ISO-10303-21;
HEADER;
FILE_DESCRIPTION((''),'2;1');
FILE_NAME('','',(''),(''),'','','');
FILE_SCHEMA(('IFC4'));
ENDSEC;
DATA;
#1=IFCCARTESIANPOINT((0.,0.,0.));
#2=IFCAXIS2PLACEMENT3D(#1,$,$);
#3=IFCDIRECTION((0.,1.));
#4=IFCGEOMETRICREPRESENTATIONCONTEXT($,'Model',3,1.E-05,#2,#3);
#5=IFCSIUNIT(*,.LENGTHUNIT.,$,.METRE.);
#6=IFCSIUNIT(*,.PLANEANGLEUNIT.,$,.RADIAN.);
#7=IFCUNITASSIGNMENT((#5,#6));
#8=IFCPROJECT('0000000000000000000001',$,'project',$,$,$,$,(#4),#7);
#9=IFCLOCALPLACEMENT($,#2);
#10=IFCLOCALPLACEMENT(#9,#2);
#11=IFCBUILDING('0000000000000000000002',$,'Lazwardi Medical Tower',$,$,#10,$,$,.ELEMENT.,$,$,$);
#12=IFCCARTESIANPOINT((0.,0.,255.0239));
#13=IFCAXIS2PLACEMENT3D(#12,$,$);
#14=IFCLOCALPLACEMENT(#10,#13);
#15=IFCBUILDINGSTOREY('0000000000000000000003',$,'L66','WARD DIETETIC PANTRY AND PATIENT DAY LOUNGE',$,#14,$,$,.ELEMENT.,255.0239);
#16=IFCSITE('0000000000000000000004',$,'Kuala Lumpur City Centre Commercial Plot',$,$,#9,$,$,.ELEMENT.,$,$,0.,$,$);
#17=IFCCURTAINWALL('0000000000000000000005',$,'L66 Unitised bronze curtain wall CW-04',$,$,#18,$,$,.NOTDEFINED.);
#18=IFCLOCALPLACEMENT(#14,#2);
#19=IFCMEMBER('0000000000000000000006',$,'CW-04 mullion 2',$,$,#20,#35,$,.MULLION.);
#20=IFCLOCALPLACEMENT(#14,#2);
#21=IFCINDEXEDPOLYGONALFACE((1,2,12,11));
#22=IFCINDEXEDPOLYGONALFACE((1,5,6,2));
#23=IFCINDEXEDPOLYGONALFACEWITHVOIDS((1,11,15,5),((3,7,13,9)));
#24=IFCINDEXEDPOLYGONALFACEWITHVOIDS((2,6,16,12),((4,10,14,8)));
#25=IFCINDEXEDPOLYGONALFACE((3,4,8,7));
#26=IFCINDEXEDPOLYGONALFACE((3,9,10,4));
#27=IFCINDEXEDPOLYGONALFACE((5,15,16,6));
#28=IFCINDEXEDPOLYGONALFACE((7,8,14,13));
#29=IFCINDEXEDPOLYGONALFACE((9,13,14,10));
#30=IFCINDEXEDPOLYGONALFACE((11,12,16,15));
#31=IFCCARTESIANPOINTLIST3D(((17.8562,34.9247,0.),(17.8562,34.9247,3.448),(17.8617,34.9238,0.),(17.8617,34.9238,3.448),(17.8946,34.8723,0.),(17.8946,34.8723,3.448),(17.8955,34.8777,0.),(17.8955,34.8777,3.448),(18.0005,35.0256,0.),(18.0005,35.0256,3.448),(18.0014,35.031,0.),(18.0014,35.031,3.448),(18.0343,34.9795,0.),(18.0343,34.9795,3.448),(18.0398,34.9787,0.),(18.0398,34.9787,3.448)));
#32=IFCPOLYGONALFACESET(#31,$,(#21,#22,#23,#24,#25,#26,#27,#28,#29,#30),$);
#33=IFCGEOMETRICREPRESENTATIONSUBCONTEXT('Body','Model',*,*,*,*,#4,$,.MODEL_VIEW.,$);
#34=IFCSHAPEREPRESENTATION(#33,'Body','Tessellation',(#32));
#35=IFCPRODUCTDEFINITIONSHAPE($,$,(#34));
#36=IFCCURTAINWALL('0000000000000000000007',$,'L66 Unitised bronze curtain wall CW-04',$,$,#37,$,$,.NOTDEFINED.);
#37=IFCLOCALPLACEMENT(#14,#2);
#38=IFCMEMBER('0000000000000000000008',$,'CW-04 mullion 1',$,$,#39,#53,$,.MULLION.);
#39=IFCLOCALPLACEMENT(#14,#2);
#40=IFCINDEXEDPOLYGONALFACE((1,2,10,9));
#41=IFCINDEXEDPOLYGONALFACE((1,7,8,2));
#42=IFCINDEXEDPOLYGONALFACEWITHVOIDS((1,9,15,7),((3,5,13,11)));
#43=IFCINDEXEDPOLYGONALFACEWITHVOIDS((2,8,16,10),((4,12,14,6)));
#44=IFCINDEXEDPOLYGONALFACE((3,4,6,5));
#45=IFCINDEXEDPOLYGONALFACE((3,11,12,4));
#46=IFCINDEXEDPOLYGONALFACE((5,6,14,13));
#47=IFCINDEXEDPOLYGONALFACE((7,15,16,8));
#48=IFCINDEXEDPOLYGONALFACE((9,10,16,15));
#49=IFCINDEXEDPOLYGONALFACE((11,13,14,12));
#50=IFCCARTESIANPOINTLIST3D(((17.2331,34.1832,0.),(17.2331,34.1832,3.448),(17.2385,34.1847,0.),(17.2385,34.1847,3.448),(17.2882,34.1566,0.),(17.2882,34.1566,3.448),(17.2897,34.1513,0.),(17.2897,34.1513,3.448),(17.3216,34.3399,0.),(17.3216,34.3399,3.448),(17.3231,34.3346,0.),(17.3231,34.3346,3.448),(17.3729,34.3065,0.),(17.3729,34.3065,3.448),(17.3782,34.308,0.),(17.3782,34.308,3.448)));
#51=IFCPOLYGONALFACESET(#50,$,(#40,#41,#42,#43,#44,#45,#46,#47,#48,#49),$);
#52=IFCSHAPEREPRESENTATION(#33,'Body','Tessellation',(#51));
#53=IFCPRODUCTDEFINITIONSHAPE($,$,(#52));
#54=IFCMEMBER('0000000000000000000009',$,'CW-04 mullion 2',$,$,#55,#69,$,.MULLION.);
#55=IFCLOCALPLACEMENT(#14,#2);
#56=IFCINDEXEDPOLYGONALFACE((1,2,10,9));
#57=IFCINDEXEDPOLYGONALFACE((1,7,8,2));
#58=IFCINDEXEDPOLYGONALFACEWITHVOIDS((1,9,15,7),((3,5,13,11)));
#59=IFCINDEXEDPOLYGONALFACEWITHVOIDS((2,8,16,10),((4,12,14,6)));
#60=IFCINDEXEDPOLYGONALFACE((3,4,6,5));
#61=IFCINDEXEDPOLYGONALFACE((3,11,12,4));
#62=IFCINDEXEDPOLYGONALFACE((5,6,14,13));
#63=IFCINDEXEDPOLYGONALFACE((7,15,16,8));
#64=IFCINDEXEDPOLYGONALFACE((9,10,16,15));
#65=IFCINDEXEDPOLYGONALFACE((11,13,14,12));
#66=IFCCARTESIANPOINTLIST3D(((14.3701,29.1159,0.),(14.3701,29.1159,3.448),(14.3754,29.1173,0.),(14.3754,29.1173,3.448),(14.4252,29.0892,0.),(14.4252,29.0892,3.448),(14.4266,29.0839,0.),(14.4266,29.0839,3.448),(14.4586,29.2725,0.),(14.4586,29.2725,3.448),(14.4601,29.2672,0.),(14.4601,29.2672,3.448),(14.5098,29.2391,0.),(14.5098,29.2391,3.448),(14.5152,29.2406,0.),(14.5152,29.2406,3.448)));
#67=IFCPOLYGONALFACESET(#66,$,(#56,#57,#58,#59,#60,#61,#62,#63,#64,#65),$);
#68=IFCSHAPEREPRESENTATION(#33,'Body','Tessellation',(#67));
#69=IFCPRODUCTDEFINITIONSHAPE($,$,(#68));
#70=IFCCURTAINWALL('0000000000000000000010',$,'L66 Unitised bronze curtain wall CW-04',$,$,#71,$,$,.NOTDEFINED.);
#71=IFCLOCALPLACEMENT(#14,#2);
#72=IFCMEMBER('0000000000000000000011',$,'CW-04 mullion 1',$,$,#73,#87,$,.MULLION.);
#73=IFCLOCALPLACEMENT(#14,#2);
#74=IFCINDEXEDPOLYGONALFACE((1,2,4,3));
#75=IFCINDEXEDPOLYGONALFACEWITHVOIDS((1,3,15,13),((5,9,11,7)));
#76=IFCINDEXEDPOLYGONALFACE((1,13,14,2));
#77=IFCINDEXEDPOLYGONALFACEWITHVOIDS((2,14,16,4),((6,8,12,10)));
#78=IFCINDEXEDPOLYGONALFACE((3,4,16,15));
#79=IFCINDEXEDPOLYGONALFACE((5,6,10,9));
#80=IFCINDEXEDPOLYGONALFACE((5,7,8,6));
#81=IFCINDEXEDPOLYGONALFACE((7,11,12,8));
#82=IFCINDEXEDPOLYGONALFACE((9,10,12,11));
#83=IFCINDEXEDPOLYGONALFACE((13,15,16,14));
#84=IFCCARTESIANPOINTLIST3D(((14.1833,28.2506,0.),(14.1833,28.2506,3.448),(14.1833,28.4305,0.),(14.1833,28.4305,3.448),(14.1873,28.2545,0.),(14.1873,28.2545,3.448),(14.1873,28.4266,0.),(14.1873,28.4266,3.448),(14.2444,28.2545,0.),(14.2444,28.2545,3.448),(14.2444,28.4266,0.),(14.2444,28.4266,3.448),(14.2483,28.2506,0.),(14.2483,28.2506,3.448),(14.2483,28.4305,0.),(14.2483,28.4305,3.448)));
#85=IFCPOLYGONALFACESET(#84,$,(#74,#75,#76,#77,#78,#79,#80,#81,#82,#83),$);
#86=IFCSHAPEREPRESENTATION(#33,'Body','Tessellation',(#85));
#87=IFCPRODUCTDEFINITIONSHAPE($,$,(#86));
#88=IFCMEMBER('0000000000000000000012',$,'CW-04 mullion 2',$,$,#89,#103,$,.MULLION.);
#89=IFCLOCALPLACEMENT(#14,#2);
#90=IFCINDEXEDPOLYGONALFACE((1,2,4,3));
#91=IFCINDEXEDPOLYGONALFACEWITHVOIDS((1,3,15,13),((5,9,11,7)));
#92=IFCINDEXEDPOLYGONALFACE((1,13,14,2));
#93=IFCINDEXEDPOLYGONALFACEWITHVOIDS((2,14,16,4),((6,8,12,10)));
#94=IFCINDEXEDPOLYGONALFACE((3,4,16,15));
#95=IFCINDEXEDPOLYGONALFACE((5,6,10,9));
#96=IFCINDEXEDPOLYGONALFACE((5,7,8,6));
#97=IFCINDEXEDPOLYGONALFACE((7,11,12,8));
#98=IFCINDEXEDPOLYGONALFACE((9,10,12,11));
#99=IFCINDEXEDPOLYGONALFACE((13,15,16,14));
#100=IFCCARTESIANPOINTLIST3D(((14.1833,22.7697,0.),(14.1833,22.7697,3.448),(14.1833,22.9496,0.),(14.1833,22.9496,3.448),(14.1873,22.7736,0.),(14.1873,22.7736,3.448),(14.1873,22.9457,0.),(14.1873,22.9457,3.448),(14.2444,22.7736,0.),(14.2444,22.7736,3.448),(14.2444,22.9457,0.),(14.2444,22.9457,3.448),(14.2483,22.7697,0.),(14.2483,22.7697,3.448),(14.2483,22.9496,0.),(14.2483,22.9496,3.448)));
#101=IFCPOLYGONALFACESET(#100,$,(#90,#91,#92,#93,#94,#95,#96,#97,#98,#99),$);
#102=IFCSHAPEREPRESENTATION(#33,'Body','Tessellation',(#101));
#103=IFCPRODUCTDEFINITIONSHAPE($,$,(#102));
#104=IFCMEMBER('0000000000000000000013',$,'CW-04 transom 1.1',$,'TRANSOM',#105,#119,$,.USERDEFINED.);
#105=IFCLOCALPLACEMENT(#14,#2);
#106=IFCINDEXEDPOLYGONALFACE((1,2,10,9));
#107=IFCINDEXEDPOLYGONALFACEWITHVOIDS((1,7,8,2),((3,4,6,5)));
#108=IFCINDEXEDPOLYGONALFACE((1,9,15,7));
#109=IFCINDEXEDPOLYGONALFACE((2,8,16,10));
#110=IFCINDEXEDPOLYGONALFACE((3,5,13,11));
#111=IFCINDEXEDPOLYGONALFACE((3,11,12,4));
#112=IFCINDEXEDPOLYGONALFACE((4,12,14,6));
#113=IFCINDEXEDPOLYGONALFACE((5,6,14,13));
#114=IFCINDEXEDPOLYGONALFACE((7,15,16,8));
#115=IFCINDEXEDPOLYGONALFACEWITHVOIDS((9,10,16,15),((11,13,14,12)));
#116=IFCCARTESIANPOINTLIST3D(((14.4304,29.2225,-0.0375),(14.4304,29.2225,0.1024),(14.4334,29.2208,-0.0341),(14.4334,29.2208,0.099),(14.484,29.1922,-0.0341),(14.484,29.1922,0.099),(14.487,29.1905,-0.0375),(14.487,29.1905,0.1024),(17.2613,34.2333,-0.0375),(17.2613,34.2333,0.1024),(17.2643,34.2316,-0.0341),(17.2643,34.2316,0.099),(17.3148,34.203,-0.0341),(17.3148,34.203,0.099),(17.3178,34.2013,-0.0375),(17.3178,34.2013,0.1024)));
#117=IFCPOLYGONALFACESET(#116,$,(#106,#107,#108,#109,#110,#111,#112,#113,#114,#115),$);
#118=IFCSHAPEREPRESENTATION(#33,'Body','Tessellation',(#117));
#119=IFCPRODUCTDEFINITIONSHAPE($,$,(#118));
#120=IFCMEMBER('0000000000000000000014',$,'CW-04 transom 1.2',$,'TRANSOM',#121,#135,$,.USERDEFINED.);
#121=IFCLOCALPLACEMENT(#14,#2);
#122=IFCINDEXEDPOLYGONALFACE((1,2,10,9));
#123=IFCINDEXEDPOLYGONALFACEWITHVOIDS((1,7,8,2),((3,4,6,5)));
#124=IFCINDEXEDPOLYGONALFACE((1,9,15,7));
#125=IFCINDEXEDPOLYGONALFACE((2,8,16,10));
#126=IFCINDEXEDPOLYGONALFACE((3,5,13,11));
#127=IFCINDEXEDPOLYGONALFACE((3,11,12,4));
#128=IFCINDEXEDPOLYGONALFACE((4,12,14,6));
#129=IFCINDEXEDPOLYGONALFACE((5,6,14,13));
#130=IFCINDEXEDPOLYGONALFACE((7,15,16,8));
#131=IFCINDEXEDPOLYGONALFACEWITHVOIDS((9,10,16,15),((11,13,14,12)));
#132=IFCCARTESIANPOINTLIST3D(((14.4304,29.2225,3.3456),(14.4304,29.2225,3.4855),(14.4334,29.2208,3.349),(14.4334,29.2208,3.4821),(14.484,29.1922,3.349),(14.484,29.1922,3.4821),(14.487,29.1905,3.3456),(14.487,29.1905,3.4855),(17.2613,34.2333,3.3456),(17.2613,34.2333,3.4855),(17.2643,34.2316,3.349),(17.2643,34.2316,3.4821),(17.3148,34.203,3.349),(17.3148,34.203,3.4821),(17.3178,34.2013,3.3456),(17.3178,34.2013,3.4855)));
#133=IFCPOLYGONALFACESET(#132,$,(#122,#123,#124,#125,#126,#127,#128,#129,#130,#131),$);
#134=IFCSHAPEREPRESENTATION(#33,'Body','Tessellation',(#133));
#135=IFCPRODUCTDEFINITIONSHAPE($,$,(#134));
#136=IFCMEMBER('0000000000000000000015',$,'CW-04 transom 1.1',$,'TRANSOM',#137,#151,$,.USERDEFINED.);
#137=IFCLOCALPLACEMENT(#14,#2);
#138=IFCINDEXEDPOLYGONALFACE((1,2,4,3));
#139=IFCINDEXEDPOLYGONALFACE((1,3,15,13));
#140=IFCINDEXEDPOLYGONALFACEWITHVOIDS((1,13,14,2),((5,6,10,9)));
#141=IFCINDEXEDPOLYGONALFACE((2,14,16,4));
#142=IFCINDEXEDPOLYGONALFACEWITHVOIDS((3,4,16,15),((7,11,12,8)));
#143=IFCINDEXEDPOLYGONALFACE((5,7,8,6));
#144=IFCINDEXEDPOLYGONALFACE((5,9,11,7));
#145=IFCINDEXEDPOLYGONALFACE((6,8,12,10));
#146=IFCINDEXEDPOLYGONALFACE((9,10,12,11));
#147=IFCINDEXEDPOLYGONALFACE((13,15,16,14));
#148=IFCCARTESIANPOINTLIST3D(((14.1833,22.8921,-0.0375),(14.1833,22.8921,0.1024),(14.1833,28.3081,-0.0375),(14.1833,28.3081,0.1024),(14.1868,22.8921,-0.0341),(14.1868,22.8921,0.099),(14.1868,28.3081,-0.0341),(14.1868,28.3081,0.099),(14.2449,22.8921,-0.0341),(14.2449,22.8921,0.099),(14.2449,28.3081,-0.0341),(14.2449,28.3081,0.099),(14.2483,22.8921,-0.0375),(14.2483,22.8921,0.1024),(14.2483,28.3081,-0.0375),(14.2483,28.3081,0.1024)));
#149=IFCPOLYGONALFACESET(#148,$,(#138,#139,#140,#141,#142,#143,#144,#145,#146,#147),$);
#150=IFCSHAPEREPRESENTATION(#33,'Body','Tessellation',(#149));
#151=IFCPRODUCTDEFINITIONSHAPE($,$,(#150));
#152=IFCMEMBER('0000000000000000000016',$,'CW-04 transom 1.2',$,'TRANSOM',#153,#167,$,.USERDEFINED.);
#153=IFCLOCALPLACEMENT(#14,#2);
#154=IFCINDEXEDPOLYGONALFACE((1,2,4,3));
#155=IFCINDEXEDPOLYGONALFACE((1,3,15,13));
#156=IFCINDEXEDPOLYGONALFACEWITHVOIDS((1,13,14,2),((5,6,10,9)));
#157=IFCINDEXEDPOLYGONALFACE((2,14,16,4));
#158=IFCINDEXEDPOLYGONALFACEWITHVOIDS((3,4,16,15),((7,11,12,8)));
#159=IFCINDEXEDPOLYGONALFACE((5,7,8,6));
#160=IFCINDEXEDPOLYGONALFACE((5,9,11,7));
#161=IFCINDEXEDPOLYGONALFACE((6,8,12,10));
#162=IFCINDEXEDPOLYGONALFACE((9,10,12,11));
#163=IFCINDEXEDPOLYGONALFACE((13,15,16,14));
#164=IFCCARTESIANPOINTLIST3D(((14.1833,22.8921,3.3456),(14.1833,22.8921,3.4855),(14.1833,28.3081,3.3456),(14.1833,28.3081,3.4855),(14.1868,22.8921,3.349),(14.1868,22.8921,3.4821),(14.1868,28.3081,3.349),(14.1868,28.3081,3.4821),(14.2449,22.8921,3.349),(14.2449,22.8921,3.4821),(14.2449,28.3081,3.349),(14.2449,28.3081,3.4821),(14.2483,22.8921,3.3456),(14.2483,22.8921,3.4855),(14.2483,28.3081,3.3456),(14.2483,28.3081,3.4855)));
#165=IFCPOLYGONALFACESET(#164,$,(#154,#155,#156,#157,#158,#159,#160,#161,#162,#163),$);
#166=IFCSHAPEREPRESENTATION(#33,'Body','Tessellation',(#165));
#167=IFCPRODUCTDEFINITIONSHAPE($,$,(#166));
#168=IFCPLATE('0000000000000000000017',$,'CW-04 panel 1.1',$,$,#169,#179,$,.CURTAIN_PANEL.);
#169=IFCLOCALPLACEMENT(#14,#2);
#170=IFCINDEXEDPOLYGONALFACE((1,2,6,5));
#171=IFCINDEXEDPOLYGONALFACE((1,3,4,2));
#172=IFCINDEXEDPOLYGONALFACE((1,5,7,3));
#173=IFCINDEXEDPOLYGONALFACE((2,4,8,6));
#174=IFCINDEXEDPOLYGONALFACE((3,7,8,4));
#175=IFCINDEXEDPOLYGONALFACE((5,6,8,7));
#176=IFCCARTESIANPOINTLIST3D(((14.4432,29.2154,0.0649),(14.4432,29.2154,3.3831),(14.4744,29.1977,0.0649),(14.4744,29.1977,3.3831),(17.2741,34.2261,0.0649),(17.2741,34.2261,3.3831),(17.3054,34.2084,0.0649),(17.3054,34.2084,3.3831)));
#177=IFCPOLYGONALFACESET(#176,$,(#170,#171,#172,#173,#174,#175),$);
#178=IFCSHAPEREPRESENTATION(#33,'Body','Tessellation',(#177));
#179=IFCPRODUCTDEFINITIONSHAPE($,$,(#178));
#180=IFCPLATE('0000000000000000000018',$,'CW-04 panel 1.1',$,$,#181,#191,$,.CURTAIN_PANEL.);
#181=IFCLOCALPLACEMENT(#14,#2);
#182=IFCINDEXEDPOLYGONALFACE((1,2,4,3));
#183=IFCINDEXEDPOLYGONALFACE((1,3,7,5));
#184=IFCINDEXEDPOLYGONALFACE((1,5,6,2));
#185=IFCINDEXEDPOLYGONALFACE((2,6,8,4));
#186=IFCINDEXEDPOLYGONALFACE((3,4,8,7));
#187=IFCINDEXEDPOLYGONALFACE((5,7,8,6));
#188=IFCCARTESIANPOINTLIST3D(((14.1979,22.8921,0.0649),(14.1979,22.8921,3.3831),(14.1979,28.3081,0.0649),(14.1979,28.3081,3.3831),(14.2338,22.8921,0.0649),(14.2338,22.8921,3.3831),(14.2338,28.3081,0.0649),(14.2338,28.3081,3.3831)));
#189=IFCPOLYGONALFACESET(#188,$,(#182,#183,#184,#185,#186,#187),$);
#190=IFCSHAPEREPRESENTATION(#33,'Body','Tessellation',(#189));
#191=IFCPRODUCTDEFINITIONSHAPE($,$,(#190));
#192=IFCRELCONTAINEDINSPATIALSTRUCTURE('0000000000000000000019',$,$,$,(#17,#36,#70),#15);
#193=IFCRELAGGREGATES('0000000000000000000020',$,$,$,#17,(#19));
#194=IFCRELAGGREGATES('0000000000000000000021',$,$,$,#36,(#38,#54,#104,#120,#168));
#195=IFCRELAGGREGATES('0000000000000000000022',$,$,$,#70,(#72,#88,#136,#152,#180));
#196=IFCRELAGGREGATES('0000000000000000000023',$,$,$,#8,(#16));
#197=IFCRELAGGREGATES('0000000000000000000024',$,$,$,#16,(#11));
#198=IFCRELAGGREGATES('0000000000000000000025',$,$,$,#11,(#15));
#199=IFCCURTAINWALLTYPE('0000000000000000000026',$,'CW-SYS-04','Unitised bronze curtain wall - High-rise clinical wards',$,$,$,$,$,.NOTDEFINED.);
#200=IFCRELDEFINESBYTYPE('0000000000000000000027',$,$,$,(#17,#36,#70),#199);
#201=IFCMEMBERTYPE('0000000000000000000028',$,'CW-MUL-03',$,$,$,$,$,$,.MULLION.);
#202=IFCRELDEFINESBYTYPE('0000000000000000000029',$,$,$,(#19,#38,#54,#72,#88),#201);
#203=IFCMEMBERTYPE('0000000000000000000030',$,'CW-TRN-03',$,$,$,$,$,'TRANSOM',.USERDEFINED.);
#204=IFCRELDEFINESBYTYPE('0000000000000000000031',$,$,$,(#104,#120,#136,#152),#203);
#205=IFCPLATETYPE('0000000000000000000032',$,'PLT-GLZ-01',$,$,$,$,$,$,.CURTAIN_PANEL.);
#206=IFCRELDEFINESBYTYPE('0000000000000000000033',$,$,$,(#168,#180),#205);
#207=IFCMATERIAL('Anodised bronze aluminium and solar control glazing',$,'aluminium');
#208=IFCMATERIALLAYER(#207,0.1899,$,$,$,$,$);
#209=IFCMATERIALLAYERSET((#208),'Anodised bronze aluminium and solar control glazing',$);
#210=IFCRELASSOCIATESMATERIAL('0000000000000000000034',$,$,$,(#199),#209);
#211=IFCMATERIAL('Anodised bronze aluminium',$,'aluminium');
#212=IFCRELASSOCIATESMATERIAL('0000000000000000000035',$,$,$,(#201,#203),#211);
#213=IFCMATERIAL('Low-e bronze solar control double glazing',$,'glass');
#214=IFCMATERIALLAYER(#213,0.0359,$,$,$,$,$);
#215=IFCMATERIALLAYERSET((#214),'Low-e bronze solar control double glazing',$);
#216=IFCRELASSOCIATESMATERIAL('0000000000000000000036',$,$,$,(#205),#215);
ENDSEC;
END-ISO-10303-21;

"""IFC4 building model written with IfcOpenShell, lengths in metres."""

from ifc_helpers import new_model, si_unit, direction, frame, origin, origin_2d, place, context, subcontext, project, spatial, rectangle, hollow_rectangle, extrude, material, layer, layer_set, material_profile, profile_set, type_object, element, aggregate, save


model = new_model("IFC4")

# Units and contexts
model_context = context("Model", 3, precision=1e-05, world=origin(), true_north=direction((0.0, 1.0)))
body_context = subcontext(model_context, "Body", "Model", "MODEL_VIEW")
ifc_project = project(units=[si_unit("LENGTHUNIT", "METRE"), si_unit("PLANEANGLEUNIT", "RADIAN")], contexts=[model_context])

# Site, building, storey
site_placement = place(None, origin())
site = spatial("IfcSite", under=ifc_project, at=site_placement, Name="Kuala Lumpur City Centre Commercial Plot", CompositionType="ELEMENT", RefElevation=0.0)
building_placement = place(site_placement, origin())
building = spatial("IfcBuilding", under=site, at=building_placement, Name="Lazwardi Medical Tower", CompositionType="ELEMENT")
storey_placement = place(building_placement, frame((0.0, 0.0, 255.0239)))
storey = spatial("IfcBuildingStorey", under=building, at=storey_placement, Name="L66", Description="WARD DIETETIC PANTRY AND PATIENT DAY LOUNGE", CompositionType="ELEMENT", Elevation=255.0239)

# Curtain wall, member
ifc_material_1 = material(Name="Anodised bronze aluminium and solar control glazing", Category="aluminium")
ifc_layer_1 = layer(ifc_material_1, 0.1899)
ifc_layer_set_1 = layer_set([ifc_layer_1], Name="Anodised bronze aluminium and solar control glazing")
curtain_wall_type = type_object("IfcCurtainWallType", Name="CW-SYS-04", Description="Unitised bronze curtain wall - High-rise clinical wards", PredefinedType="NOTDEFINED", material=ifc_layer_set_1)
curtain_wall_1_placement = place(storey_placement, origin())
curtain_wall_1 = element("IfcCurtainWall", 1, at=curtain_wall_1_placement, inside=storey, type_object=curtain_wall_type, Name="L66 Unitised bronze curtain wall CW-04", PredefinedType="NOTDEFINED")
ifc_material_2 = material(Name="Anodised bronze aluminium", Category="aluminium")
ifc_material_profile_1 = material_profile(ifc_material_2, hollow_rectangle(XDim=0.0649, YDim=0.1799, WallThickness=0.0039, at=origin_2d()), Name="ALU-MULLION 180x65x4")
ifc_profile_set_1 = profile_set([ifc_material_profile_1], Name="Anodised bronze aluminium")
member_type_1 = type_object("IfcMemberType", Name="CW-MUL-03", PredefinedType="MULLION", material=ifc_profile_set_1)
member_1_placement = place(storey_placement, frame((17.948, 34.9517, 0.0), z_axis=(0.0, 0.0, 1.0), x_axis=(0.591268, -0.806475, 0.0)))
member_1 = element("IfcMember", 2, at=member_1_placement, type_object=member_type_1, Name="CW-04 mullion 2", PredefinedType="MULLION", context=body_context, shape_type="SweptSolid", body=[
    extrude(hollow_rectangle(XDim=0.0649, YDim=0.1799, WallThickness=0.0039, at=origin_2d()), origin(), (0.0, 0.0, 1.0), 3.448),
])
aggregate(curtain_wall_1, [member_1])

# Curtain walls, members
curtain_wall_2_placement = place(storey_placement, origin())
curtain_wall_2 = element("IfcCurtainWall", 3, at=curtain_wall_2_placement, inside=storey, type_object=curtain_wall_type, Name="L66 Unitised bronze curtain wall CW-04", PredefinedType="NOTDEFINED")
member_2_placement = place(storey_placement, frame((17.3057, 34.2456, 0.0), z_axis=(0.0, 0.0, 1.0), x_axis=(0.870651, -0.4919, 0.0)))
member_2 = element("IfcMember", 4, at=member_2_placement, type_object=member_type_1, Name="CW-04 mullion 1", PredefinedType="MULLION", context=body_context, shape_type="SweptSolid", body=[
    extrude(hollow_rectangle(XDim=0.0649, YDim=0.1799, WallThickness=0.0039, at=origin_2d()), origin(), (0.0, 0.0, 1.0), 3.448),
])
member_3_placement = place(storey_placement, frame((14.4426, 29.1782, 0.0), z_axis=(0.0, 0.0, 1.0), x_axis=(0.870651, -0.4919, 0.0)))
member_3 = element("IfcMember", 5, at=member_3_placement, type_object=member_type_1, Name="CW-04 mullion 2", PredefinedType="MULLION", context=body_context, shape_type="SweptSolid", body=[
    extrude(hollow_rectangle(XDim=0.0649, YDim=0.1799, WallThickness=0.0039, at=origin_2d()), origin(), (0.0, 0.0, 1.0), 3.448),
])
curtain_wall_3_placement = place(storey_placement, origin())
curtain_wall_3 = element("IfcCurtainWall", 6, at=curtain_wall_3_placement, inside=storey, type_object=curtain_wall_type, Name="L66 Unitised bronze curtain wall CW-04", PredefinedType="NOTDEFINED")
member_4_placement = place(storey_placement, frame((14.2158, 28.3406, 0.0), z_axis=(0.0, 0.0, 1.0), x_axis=(1.0, 0.0, 0.0)))
member_4 = element("IfcMember", 7, at=member_4_placement, type_object=member_type_1, Name="CW-04 mullion 1", PredefinedType="MULLION", context=body_context, shape_type="SweptSolid", body=[
    extrude(hollow_rectangle(XDim=0.0649, YDim=0.1799, WallThickness=0.0039, at=origin_2d()), origin(), (0.0, 0.0, 1.0), 3.448),
])
member_5_placement = place(storey_placement, frame((14.2158, 22.8596, 0.0), z_axis=(0.0, 0.0, 1.0), x_axis=(1.0, 0.0, 0.0)))
member_5 = element("IfcMember", 8, at=member_5_placement, type_object=member_type_1, Name="CW-04 mullion 2", PredefinedType="MULLION", context=body_context, shape_type="SweptSolid", body=[
    extrude(hollow_rectangle(XDim=0.0649, YDim=0.1799, WallThickness=0.0039, at=origin_2d()), origin(), (0.0, 0.0, 1.0), 3.448),
])

# Members
ifc_material_profile_2 = material_profile(ifc_material_2, hollow_rectangle(XDim=0.0649, YDim=0.1399, WallThickness=0.0034, at=origin_2d()), Name="ALU-TRANSOM 140x65x3.5")
ifc_profile_set_2 = profile_set([ifc_material_profile_2], Name="Anodised bronze aluminium")
member_type_2 = type_object("IfcMemberType", Name="CW-TRN-03", ElementType="TRANSOM", PredefinedType="USERDEFINED", material=ifc_profile_set_2)
member_6_placement = place(storey_placement, frame((17.2896, 34.2173, 0.0325), z_axis=(-0.49188, -0.870663, 0.0), x_axis=(0.870663, -0.49188, 0.0)))
member_6 = element("IfcMember", 9, at=member_6_placement, type_object=member_type_2, Name="CW-04 transom 1.1", ObjectType="TRANSOM", PredefinedType="USERDEFINED", context=body_context, shape_type="SweptSolid", body=[
    extrude(hollow_rectangle(XDim=0.0649, YDim=0.1399, WallThickness=0.0034, at=origin_2d()), origin(), (0.0, 0.0, 1.0), 5.7551),
])
member_7_placement = place(storey_placement, frame((17.2896, 34.2173, 3.4155), z_axis=(-0.49188, -0.870663, 0.0), x_axis=(0.870663, -0.49188, 0.0)))
member_7 = element("IfcMember", 10, at=member_7_placement, type_object=member_type_2, Name="CW-04 transom 1.2", ObjectType="TRANSOM", PredefinedType="USERDEFINED", context=body_context, shape_type="SweptSolid", body=[
    extrude(hollow_rectangle(XDim=0.0649, YDim=0.1399, WallThickness=0.0034, at=origin_2d()), origin(), (0.0, 0.0, 1.0), 5.7551),
])
member_8_placement = place(storey_placement, frame((14.2158, 28.3081, 0.0325), z_axis=(0.0, -1.0, 0.0), x_axis=(1.0, 0.0, 0.0)))
member_8 = element("IfcMember", 11, at=member_8_placement, type_object=member_type_2, Name="CW-04 transom 1.1", ObjectType="TRANSOM", PredefinedType="USERDEFINED", context=body_context, shape_type="SweptSolid", body=[
    extrude(hollow_rectangle(XDim=0.0649, YDim=0.1399, WallThickness=0.0034, at=origin_2d()), origin(), (0.0, 0.0, 1.0), 5.416),
])
member_9_placement = place(storey_placement, frame((14.2158, 28.3081, 3.4155), z_axis=(0.0, -1.0, 0.0), x_axis=(1.0, 0.0, 0.0)))
member_9 = element("IfcMember", 12, at=member_9_placement, type_object=member_type_2, Name="CW-04 transom 1.2", ObjectType="TRANSOM", PredefinedType="USERDEFINED", context=body_context, shape_type="SweptSolid", body=[
    extrude(hollow_rectangle(XDim=0.0649, YDim=0.1399, WallThickness=0.0034, at=origin_2d()), origin(), (0.0, 0.0, 1.0), 5.416),
])

# Plates
ifc_material_3 = material(Name="Low-e bronze solar control double glazing", Category="glass")
ifc_layer_2 = layer(ifc_material_3, 0.0359)
ifc_layer_set_2 = layer_set([ifc_layer_2], Name="Low-e bronze solar control double glazing")
plate_type = type_object("IfcPlateType", Name="PLT-GLZ-01", PredefinedType="CURTAIN_PANEL", material=ifc_layer_set_2)
plate_1_placement = place(storey_placement, frame((15.8743, 31.7119, 0.0649), z_axis=(0.0, 0.0, 1.0), x_axis=(-0.4919, -0.870651, 0.0)))
plate_1 = element("IfcPlate", 13, at=plate_1_placement, type_object=plate_type, Name="CW-04 panel 1.1", PredefinedType="CURTAIN_PANEL", context=body_context, shape_type="SweptSolid", body=[
    extrude(rectangle(XDim=5.7551, YDim=0.0359, at=origin_2d()), origin(), (0.0, 0.0, 1.0), 3.3181),
])
aggregate(curtain_wall_2, [member_2, member_3, member_6, member_7, plate_1])
plate_2_placement = place(storey_placement, frame((14.2158, 25.6001, 0.0649), z_axis=(0.0, 0.0, 1.0), x_axis=(0.0, -1.0, 0.0)))
plate_2 = element("IfcPlate", 14, at=plate_2_placement, type_object=plate_type, Name="CW-04 panel 1.1", PredefinedType="CURTAIN_PANEL", context=body_context, shape_type="SweptSolid", body=[
    extrude(rectangle(XDim=5.416, YDim=0.0359, at=origin_2d()), origin(), (0.0, 0.0, 1.0), 3.3181),
])
aggregate(curtain_wall_3, [member_4, member_5, member_8, member_9, plate_2])

save(model, "model.ifc")
